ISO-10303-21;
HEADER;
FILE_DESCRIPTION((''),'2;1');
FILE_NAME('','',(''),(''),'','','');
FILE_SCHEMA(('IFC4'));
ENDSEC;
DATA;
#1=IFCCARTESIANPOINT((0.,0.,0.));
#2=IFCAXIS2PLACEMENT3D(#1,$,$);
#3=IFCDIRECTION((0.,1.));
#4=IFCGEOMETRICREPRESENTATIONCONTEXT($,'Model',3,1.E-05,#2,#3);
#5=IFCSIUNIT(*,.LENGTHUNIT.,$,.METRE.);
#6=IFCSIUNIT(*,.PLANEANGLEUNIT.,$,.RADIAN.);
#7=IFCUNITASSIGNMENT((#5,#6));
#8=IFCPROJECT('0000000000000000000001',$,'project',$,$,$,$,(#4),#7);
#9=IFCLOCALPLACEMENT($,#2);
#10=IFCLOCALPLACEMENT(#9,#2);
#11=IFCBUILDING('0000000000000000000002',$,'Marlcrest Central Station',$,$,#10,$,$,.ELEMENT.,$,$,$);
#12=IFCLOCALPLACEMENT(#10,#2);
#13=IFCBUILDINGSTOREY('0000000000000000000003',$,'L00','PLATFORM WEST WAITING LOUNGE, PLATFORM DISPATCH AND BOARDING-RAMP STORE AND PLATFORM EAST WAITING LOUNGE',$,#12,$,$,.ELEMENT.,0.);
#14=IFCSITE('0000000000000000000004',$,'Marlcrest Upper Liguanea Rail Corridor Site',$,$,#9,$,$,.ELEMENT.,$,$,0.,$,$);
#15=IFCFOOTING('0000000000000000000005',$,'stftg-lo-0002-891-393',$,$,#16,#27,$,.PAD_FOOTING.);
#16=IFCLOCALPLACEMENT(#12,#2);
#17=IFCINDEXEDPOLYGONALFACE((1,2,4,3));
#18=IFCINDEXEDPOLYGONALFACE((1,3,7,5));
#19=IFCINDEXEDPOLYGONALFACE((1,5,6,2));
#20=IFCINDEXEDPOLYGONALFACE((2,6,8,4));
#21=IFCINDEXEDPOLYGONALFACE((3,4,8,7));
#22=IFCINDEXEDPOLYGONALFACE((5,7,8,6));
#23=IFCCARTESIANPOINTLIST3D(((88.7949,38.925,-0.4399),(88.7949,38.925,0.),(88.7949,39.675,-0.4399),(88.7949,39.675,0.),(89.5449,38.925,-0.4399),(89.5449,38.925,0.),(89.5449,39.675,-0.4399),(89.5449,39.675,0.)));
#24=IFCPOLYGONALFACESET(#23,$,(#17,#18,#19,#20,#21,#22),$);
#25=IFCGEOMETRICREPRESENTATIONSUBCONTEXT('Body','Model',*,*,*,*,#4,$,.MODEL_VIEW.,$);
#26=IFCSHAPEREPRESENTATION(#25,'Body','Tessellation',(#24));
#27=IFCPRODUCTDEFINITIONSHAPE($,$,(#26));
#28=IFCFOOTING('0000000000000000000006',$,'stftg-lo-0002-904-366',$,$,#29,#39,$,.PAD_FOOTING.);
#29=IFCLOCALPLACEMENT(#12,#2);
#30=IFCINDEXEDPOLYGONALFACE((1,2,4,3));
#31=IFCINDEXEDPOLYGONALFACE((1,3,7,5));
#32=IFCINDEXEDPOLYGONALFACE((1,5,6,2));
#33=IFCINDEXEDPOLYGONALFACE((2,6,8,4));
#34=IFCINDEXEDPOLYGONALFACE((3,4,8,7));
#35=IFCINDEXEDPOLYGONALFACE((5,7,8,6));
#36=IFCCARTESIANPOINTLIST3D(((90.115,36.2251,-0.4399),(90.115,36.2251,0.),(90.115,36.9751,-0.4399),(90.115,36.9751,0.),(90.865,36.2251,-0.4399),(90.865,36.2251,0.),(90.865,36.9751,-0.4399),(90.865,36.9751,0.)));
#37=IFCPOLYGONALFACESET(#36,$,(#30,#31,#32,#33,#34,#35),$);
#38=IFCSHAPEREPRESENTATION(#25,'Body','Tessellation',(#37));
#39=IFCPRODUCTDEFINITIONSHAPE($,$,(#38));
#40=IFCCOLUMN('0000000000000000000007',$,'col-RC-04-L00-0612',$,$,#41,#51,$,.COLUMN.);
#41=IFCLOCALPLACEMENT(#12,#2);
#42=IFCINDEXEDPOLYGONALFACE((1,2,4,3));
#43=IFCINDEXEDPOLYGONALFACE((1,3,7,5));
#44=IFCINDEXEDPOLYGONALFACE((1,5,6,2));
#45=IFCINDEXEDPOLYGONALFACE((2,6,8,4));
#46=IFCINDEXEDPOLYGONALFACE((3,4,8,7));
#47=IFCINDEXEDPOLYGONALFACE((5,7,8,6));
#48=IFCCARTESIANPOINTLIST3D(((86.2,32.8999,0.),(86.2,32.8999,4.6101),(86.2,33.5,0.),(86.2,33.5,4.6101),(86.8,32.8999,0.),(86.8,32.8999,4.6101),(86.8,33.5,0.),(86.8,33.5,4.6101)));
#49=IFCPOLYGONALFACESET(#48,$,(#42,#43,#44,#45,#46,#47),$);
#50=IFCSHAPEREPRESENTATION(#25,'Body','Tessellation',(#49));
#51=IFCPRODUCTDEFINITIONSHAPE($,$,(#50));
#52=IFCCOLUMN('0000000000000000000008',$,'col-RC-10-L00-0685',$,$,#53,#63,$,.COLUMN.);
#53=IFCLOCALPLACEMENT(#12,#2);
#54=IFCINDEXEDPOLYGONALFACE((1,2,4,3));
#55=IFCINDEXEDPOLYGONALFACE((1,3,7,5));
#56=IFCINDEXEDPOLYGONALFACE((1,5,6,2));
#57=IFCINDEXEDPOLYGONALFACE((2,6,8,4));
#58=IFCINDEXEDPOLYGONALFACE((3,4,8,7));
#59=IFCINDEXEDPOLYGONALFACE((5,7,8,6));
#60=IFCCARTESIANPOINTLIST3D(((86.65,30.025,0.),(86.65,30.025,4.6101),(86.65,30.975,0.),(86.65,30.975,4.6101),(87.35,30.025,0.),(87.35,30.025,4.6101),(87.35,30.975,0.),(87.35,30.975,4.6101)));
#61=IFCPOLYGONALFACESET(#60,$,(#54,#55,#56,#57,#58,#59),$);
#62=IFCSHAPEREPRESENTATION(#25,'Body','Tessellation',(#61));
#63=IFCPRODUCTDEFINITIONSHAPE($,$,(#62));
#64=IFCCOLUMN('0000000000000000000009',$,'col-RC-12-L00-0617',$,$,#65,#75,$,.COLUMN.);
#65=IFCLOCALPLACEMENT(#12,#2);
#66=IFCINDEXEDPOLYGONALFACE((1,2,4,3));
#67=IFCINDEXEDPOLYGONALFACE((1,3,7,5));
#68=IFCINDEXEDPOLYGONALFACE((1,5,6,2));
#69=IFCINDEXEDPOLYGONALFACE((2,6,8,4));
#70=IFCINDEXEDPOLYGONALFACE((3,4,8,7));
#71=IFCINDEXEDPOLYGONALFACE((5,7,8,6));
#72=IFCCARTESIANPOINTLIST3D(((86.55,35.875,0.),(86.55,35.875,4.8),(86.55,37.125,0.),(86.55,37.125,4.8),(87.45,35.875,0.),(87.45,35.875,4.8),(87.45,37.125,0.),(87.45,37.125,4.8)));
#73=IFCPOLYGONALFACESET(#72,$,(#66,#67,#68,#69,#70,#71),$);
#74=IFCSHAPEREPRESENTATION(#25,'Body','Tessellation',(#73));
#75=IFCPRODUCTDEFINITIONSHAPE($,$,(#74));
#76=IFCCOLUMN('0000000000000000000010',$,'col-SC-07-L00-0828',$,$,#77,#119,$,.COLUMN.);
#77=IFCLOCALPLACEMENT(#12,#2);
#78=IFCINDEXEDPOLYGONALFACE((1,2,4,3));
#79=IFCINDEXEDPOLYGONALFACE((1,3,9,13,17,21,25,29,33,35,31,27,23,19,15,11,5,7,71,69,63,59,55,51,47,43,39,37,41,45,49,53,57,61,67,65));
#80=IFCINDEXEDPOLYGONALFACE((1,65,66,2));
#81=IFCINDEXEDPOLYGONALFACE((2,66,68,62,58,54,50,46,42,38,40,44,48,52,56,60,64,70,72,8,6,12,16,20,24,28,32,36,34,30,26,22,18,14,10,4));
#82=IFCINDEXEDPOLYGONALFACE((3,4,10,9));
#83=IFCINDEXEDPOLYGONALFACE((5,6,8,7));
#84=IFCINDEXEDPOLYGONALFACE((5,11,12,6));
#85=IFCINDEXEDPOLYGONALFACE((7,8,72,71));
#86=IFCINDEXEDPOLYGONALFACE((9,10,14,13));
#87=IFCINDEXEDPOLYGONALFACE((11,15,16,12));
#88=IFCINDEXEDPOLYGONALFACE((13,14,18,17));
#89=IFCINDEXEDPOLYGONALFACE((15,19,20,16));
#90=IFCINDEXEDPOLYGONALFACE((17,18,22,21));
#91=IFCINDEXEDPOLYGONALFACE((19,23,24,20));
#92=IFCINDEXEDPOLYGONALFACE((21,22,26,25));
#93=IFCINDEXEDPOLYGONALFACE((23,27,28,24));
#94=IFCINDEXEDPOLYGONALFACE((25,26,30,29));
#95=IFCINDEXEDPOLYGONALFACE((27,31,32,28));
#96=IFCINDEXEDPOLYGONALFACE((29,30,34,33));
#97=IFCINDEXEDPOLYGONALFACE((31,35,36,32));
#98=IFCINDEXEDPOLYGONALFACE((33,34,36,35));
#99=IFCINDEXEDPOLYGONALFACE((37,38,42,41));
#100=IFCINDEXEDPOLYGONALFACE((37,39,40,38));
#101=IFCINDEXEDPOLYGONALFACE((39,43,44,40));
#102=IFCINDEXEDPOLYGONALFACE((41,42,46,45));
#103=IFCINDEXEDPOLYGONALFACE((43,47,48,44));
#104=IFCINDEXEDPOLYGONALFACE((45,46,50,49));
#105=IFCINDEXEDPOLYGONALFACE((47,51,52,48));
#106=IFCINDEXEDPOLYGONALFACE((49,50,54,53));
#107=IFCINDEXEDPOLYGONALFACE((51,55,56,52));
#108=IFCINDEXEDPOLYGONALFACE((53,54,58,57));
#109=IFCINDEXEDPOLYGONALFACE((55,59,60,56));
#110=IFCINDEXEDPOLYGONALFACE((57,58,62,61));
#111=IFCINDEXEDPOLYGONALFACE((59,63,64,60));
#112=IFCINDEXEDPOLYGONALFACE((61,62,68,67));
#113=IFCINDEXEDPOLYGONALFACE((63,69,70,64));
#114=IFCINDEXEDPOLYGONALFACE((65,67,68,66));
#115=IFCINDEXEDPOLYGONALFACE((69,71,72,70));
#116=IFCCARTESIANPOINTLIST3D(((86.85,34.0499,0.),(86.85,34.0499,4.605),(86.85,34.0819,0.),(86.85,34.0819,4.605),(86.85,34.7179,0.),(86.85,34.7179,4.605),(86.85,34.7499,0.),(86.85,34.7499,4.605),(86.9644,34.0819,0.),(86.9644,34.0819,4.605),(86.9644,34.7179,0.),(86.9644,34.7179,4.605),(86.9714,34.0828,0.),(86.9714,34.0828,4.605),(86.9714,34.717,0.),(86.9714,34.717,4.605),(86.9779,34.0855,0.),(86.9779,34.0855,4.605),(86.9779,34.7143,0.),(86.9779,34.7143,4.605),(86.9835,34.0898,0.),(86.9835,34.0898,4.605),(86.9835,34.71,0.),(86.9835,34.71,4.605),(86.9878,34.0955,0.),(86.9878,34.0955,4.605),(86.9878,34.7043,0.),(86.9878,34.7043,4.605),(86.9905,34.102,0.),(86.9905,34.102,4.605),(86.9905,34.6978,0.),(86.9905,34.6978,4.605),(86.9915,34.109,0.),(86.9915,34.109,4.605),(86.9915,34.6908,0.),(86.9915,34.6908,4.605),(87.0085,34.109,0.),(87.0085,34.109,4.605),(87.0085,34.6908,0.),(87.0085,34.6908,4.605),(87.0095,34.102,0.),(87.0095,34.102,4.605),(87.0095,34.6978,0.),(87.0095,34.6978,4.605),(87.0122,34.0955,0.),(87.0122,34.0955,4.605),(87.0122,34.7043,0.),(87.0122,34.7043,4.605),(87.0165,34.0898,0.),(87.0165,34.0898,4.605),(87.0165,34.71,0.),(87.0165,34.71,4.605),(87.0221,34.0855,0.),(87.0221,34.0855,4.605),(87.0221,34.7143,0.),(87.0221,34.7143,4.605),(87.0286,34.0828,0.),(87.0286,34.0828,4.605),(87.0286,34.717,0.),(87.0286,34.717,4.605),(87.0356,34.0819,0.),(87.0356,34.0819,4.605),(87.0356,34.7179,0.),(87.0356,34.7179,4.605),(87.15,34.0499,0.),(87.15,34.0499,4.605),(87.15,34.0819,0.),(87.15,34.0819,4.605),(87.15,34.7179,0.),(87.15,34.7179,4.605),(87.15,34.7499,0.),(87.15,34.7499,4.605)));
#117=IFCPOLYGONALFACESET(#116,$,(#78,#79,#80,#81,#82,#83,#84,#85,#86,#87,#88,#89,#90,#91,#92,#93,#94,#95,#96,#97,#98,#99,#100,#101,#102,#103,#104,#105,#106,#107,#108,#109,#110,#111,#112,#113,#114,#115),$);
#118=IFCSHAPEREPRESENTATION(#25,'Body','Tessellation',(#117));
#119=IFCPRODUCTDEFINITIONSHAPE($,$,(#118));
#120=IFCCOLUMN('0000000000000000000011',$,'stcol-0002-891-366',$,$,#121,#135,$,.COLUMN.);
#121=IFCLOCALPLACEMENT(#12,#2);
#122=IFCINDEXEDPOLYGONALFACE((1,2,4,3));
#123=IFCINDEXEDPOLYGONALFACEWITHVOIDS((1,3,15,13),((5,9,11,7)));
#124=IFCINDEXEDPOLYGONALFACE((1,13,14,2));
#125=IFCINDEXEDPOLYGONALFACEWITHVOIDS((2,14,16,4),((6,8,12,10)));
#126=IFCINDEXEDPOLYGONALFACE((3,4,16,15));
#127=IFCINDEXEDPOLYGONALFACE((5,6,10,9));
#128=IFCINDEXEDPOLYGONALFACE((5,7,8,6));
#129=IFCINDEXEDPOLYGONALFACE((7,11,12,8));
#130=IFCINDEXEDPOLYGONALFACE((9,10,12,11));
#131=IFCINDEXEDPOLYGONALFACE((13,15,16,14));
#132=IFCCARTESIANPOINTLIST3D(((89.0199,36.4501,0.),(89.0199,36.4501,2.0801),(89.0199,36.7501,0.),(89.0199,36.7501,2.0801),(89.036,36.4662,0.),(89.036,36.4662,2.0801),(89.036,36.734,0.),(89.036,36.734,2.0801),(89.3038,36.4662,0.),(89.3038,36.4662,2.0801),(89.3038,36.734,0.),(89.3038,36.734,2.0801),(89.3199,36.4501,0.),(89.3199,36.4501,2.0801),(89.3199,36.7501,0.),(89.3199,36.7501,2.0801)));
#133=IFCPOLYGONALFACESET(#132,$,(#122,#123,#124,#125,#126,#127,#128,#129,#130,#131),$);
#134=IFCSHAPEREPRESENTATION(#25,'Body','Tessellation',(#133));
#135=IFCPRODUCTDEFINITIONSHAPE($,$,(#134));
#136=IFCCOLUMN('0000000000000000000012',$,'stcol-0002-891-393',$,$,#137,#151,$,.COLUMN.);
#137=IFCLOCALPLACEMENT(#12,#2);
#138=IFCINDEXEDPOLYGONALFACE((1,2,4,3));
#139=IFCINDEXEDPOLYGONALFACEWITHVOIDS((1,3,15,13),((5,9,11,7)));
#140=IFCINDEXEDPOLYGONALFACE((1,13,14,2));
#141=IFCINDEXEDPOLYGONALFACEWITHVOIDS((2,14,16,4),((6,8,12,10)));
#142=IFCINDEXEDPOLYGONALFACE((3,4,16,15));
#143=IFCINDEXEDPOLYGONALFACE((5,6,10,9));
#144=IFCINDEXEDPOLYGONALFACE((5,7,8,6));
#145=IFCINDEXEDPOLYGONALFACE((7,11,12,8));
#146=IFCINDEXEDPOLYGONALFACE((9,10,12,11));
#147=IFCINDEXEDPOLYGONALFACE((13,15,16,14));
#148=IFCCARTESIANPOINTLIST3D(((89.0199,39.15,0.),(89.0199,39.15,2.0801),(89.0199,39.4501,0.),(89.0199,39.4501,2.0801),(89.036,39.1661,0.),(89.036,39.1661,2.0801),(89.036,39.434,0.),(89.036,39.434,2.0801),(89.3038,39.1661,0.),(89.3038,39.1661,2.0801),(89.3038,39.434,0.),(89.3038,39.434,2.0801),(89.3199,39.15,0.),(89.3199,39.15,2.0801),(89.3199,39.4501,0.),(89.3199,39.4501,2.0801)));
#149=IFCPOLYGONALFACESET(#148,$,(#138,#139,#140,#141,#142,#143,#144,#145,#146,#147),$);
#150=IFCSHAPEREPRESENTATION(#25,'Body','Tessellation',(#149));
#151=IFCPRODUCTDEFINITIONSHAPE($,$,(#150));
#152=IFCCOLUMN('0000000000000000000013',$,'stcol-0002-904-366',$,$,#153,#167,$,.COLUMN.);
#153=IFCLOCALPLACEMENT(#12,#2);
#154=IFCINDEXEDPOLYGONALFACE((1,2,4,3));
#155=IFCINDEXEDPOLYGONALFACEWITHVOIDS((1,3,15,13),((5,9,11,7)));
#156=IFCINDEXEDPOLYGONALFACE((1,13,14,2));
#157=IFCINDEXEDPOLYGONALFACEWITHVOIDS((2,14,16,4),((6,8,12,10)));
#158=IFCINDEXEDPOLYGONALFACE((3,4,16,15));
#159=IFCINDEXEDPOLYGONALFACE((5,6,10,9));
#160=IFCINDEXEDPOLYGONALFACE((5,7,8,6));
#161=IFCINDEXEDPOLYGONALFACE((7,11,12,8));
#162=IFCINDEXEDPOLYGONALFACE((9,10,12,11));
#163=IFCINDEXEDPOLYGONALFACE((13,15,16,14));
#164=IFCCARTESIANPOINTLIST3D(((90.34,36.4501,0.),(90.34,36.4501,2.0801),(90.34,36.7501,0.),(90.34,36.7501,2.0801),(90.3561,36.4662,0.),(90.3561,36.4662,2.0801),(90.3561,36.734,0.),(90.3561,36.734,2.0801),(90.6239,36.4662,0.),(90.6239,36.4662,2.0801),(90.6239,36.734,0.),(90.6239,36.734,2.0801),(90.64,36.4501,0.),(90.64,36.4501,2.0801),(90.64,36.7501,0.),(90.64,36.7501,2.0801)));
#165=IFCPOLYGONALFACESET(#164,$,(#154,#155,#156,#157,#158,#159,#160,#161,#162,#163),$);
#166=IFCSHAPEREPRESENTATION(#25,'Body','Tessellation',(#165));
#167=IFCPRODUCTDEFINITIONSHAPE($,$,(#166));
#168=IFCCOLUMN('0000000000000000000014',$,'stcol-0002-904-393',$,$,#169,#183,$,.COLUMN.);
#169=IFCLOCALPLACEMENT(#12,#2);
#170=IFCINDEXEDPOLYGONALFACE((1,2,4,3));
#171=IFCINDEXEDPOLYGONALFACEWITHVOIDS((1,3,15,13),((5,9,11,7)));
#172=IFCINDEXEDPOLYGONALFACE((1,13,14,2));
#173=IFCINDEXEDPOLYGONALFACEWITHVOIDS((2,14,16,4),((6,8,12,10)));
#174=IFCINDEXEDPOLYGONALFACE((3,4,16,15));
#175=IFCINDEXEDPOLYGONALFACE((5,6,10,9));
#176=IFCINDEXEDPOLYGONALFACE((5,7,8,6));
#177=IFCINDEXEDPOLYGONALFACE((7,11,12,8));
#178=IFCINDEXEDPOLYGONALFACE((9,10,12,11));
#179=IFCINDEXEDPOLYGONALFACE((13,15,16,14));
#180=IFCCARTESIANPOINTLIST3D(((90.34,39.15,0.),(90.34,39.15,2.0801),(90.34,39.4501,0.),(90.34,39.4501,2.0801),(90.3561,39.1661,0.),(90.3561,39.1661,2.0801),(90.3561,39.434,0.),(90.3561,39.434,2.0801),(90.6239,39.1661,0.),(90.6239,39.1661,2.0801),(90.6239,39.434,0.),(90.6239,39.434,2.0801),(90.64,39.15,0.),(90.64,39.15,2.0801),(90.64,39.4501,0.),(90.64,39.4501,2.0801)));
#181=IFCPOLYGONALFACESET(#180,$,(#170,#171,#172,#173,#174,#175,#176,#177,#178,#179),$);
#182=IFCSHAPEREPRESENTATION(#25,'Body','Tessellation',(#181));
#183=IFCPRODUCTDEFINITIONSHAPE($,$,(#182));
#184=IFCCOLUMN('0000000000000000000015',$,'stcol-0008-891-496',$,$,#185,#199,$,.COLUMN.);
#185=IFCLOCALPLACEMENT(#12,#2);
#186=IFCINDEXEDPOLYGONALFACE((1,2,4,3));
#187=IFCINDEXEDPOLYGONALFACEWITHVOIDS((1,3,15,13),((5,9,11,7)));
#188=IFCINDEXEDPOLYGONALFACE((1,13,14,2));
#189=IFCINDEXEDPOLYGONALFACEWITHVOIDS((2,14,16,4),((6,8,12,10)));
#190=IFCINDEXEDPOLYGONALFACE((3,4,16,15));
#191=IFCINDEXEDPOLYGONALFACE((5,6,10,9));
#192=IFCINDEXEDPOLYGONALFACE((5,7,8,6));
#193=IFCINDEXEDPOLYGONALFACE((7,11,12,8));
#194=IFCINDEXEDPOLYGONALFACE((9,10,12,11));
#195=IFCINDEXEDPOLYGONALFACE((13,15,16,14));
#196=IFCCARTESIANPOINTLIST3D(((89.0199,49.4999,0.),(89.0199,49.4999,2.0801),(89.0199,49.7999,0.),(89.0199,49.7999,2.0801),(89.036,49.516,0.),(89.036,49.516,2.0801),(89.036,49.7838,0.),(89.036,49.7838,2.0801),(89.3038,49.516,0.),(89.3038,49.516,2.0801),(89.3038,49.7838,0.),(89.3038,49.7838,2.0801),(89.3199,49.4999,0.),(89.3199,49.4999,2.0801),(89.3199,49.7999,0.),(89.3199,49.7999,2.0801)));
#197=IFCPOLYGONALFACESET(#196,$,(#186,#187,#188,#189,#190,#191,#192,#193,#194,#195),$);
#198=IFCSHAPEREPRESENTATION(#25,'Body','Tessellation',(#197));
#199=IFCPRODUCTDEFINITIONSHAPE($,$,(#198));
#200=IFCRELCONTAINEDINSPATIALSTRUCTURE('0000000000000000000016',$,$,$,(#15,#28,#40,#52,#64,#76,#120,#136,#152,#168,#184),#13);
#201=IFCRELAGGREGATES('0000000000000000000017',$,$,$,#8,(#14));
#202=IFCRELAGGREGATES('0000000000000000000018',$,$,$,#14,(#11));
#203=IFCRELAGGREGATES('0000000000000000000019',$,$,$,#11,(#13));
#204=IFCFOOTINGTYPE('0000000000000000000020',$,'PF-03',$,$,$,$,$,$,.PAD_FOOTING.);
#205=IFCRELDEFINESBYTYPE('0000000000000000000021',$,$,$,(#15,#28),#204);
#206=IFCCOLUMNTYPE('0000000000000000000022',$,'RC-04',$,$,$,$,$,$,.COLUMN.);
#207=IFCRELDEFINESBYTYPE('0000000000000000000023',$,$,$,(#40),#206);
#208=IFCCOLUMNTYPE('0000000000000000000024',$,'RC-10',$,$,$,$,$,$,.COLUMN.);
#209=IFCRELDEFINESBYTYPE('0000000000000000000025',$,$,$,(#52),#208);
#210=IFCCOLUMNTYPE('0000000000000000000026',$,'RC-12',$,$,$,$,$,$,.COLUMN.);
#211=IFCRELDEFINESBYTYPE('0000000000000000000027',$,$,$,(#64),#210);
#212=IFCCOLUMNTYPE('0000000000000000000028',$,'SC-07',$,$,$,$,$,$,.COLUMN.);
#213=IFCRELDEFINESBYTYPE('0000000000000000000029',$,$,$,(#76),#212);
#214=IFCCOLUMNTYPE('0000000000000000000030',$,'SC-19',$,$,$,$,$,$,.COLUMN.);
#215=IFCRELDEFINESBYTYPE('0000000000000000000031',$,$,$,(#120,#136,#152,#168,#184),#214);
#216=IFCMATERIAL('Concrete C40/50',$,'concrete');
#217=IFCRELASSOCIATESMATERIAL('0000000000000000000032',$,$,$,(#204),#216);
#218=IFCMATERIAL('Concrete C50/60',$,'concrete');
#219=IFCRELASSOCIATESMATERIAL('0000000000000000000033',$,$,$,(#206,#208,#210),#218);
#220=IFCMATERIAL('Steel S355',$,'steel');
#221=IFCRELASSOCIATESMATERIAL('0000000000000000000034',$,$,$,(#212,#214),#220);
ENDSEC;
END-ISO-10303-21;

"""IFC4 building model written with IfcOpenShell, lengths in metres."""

from ifc_helpers import new_model, si_unit, direction, frame, origin, origin_2d, place, context, subcontext, project, spatial, rectangle, hollow_rectangle, i_section, extrude, material, material_profile, profile_set, type_object, element, save


model = new_model("IFC4")

# Units and contexts
model_context = context("Model", 3, precision=1e-05, world=origin(), true_north=direction((0.0, 1.0)))
body_context = subcontext(model_context, "Body", "Model", "MODEL_VIEW")
ifc_project = project(units=[si_unit("LENGTHUNIT", "METRE"), si_unit("PLANEANGLEUNIT", "RADIAN")], contexts=[model_context])

# Site, building, storey
site_placement = place(None, origin())
site = spatial("IfcSite", under=ifc_project, at=site_placement, Name="Marlcrest Upper Liguanea Rail Corridor Site", CompositionType="ELEMENT", RefElevation=0.0)
building_placement = place(site_placement, origin())
building = spatial("IfcBuilding", under=site, at=building_placement, Name="Marlcrest Central Station", CompositionType="ELEMENT")
storey_placement = place(building_placement, origin())
storey = spatial("IfcBuildingStorey", under=building, at=storey_placement, Name="L00", Description="PLATFORM WEST WAITING LOUNGE, PLATFORM DISPATCH AND BOARDING-RAMP STORE AND PLATFORM EAST WAITING LOUNGE", CompositionType="ELEMENT", Elevation=0.0)

# Footings
ifc_material_1 = material(Name="Concrete C40/50", Category="concrete")
footing_type_1 = type_object("IfcFootingType", Name="PF-03", PredefinedType="PAD_FOOTING", material=ifc_material_1)
for number, where, z_axis, x_axis, name in (
    (1, (89.1699, 39.3, -0.4399), (0.0, 0.0, 1.0), (1.0, 0.0, 0.0), "stftg-lo-0002-891-393"),
    (2, (90.49, 36.6001, -0.4399), (0.0, 0.0, 1.0), (1.0, 0.0, 0.0), "stftg-lo-0002-904-366"),
):
    element("IfcFooting", number, at=place(storey_placement, frame(where, z_axis=z_axis, x_axis=x_axis)), inside=storey, type_object=footing_type_1, Name=name, PredefinedType="PAD_FOOTING", context=body_context, shape_type="SweptSolid", body=[
        extrude(rectangle(XDim=0.75, YDim=0.75, at=origin_2d()), origin(), (0.0, 0.0, 1.0), 0.4399),
    ])

# Columns
ifc_material_2 = material(Name="Concrete C50/60", Category="concrete")
ifc_material_profile_1 = material_profile(ifc_material_2, rectangle(XDim=0.6001, YDim=0.6001, at=origin_2d()), Name="RC 600x600")
ifc_profile_set_1 = profile_set([ifc_material_profile_1], Name="Concrete C50/60")
column_type_1 = type_object("IfcColumnType", Name="RC-04", PredefinedType="COLUMN", material=ifc_profile_set_1)
column_1_placement = place(storey_placement, frame((86.5, 33.2, 0.0), z_axis=(0.0, 0.0, 1.0), x_axis=(1.0, 0.0, 0.0)))
element("IfcColumn", 3, at=column_1_placement, inside=storey, type_object=column_type_1, Name="col-RC-04-L00-0612", PredefinedType="COLUMN", context=body_context, shape_type="SweptSolid", body=[
    extrude(rectangle(XDim=0.6001, YDim=0.6001, at=origin_2d()), origin(), (0.0, 0.0, 1.0), 4.6101),
])
ifc_material_profile_2 = material_profile(ifc_material_2, rectangle(XDim=0.7, YDim=0.95, at=origin_2d()), Name="RC 700x950")
ifc_profile_set_2 = profile_set([ifc_material_profile_2], Name="Concrete C50/60")
column_type_2 = type_object("IfcColumnType", Name="RC-10", PredefinedType="COLUMN", material=ifc_profile_set_2)
column_2_placement = place(storey_placement, frame((87.0, 30.5, 0.0), z_axis=(0.0, 0.0, 1.0), x_axis=(1.0, 0.0, 0.0)))
element("IfcColumn", 4, at=column_2_placement, inside=storey, type_object=column_type_2, Name="col-RC-10-L00-0685", PredefinedType="COLUMN", context=body_context, shape_type="SweptSolid", body=[
    extrude(rectangle(XDim=0.7, YDim=0.95, at=origin_2d()), origin(), (0.0, 0.0, 1.0), 4.6101),
])
ifc_material_profile_3 = material_profile(ifc_material_2, rectangle(XDim=0.8999, YDim=1.25, at=origin_2d()), Name="RC 900x1250")
ifc_profile_set_3 = profile_set([ifc_material_profile_3], Name="Concrete C50/60")
column_type_3 = type_object("IfcColumnType", Name="RC-12", PredefinedType="COLUMN", material=ifc_profile_set_3)
column_3_placement = place(storey_placement, frame((87.0, 36.5, 0.0), z_axis=(0.0, 0.0, 1.0), x_axis=(1.0, 0.0, 0.0)))
element("IfcColumn", 5, at=column_3_placement, inside=storey, type_object=column_type_3, Name="col-RC-12-L00-0617", PredefinedType="COLUMN", context=body_context, shape_type="SweptSolid", body=[
    extrude(rectangle(XDim=0.8999, YDim=1.25, at=origin_2d()), origin(), (0.0, 0.0, 1.0), 4.8),
])
ifc_material_3 = material(Name="Steel S355", Category="steel")
ifc_material_profile_4 = material_profile(ifc_material_3, i_section(OverallWidth=0.3, OverallDepth=0.7, WebThickness=0.0171, FlangeThickness=0.032, FilletRadius=0.0271, at=origin_2d()), Name="HEB 700")
ifc_profile_set_4 = profile_set([ifc_material_profile_4], Name="Steel S355")
column_type_4 = type_object("IfcColumnType", Name="SC-07", PredefinedType="COLUMN", material=ifc_profile_set_4)
column_4_placement = place(storey_placement, frame((87.0, 34.3999, 0.0), z_axis=(0.0, 0.0, 1.0), x_axis=(1.0, 0.0, 0.0)))
element("IfcColumn", 6, at=column_4_placement, inside=storey, type_object=column_type_4, Name="col-SC-07-L00-0828", PredefinedType="COLUMN", context=body_context, shape_type="SweptSolid", body=[
    extrude(i_section(OverallWidth=0.3, OverallDepth=0.7, WebThickness=0.0171, FlangeThickness=0.032, FilletRadius=0.0271, at=origin_2d()), origin(), (0.0, 0.0, 1.0), 4.605),
])
ifc_material_profile_5 = material_profile(ifc_material_3, hollow_rectangle(XDim=0.3, YDim=0.3, WallThickness=0.0161, at=origin_2d()), Name="SHS 300x300x16")
ifc_profile_set_5 = profile_set([ifc_material_profile_5], Name="Steel S355")
column_type_5 = type_object("IfcColumnType", Name="SC-19", PredefinedType="COLUMN", material=ifc_profile_set_5)
for number, where, z_axis, x_axis, name in (
    (7, (89.1699, 36.6001, 0.0), (0.0, 0.0, 1.0), (1.0, 0.0, 0.0), "stcol-0002-891-366"),
    (8, (89.1699, 39.3, 0.0), (0.0, 0.0, 1.0), (1.0, 0.0, 0.0), "stcol-0002-891-393"),
    (9, (90.49, 36.6001, 0.0), (0.0, 0.0, 1.0), (1.0, 0.0, 0.0), "stcol-0002-904-366"),
    (10, (90.49, 39.3, 0.0), (0.0, 0.0, 1.0), (1.0, 0.0, 0.0), "stcol-0002-904-393"),
    (11, (89.1699, 49.6499, 0.0), (0.0, 0.0, 1.0), (1.0, 0.0, 0.0), "stcol-0008-891-496"),
):
    element("IfcColumn", number, at=place(storey_placement, frame(where, z_axis=z_axis, x_axis=x_axis)), inside=storey, type_object=column_type_5, Name=name, PredefinedType="COLUMN", context=body_context, shape_type="SweptSolid", body=[
        extrude(hollow_rectangle(XDim=0.3, YDim=0.3, WallThickness=0.0161, at=origin_2d()), origin(), (0.0, 0.0, 1.0), 2.0801),
    ])

save(model, "model.ifc")
